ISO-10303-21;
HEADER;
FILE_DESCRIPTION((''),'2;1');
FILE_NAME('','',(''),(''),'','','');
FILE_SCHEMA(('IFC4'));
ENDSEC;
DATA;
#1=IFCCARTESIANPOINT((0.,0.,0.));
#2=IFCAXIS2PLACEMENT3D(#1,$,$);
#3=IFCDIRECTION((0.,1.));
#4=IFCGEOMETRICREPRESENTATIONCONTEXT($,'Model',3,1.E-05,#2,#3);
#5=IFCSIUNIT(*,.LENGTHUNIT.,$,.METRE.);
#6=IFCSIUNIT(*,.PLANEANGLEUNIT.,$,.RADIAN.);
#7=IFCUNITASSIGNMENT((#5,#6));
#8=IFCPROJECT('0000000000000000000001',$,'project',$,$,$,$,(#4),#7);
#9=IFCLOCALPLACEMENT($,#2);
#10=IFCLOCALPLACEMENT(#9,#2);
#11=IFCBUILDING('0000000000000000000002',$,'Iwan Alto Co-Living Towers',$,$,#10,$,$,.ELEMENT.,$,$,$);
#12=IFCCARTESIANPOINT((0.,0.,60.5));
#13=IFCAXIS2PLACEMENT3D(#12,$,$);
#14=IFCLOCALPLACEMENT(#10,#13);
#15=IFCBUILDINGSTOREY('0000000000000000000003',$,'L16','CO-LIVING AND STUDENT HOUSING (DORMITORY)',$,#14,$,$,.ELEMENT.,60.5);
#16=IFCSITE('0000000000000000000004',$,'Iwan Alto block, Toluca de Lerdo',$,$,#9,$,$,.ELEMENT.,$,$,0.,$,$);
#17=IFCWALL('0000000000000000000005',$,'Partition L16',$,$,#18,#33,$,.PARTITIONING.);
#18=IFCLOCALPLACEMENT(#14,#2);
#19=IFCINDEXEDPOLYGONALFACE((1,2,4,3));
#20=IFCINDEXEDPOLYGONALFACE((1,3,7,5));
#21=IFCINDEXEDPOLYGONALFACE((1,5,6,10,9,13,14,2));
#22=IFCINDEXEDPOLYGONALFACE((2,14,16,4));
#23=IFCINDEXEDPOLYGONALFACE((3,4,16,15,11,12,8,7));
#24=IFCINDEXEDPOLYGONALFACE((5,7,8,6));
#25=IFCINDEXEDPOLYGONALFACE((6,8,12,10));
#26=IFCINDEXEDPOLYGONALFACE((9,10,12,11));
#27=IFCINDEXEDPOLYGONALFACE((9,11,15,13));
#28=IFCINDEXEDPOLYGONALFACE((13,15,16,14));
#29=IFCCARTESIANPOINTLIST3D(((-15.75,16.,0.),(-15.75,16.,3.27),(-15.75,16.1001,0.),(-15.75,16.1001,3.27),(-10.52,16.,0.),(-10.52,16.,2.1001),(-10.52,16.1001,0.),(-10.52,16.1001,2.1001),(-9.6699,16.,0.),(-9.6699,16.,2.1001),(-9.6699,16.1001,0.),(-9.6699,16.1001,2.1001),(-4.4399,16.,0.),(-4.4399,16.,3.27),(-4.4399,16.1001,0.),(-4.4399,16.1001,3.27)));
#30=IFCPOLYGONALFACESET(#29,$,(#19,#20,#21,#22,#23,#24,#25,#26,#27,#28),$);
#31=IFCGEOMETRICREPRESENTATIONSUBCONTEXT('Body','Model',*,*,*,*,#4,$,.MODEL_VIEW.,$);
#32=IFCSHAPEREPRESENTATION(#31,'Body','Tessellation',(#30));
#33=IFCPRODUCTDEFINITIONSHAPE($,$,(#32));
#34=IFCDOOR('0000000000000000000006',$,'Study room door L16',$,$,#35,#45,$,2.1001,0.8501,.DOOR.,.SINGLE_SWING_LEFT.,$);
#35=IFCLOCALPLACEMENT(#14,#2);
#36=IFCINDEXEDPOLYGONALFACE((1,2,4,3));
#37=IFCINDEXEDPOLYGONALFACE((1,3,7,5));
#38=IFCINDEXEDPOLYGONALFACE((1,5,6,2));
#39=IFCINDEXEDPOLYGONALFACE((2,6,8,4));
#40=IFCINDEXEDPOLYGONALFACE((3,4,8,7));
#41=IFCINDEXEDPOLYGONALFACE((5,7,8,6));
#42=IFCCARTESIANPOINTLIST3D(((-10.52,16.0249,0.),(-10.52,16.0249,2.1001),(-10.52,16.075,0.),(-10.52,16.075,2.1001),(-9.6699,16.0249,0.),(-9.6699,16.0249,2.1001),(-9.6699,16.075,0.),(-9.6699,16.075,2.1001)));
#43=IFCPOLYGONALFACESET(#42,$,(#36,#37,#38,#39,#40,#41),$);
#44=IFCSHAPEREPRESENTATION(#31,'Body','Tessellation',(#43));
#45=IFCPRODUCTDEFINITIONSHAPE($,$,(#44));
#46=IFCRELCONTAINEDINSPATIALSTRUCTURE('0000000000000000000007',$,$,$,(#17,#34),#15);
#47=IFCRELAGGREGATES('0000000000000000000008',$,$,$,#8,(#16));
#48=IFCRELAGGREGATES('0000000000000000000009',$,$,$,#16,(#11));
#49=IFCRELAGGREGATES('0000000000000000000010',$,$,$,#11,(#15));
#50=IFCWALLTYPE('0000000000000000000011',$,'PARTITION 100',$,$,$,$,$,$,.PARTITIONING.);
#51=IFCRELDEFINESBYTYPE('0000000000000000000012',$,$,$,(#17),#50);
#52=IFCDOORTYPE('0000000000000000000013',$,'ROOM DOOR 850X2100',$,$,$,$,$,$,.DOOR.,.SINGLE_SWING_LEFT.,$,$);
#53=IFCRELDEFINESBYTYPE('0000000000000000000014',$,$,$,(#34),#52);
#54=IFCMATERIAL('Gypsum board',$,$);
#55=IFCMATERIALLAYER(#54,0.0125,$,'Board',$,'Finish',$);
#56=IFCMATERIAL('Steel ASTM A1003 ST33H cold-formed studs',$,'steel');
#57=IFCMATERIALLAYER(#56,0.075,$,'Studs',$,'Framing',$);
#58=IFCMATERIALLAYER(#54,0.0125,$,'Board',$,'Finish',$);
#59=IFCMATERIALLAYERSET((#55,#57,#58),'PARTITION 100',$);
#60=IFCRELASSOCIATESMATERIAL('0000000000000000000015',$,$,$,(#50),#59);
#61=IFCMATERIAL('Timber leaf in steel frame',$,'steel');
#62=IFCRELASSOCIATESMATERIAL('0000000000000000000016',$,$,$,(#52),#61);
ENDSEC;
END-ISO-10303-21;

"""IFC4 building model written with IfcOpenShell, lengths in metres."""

from ifc_helpers import new_model, si_unit, direction, frame, frame_2d, origin, place, context, subcontext, project, spatial, rectangle, extrude, material, layer, layer_set, type_object, element, fill, save


model = new_model("IFC4")

# Units and contexts
model_context = context("Model", 3, precision=1e-05, world=origin(), true_north=direction((0.0, 1.0)))
body_context = subcontext(model_context, "Body", "Model", "MODEL_VIEW")
ifc_project = project(units=[si_unit("LENGTHUNIT", "METRE"), si_unit("PLANEANGLEUNIT", "RADIAN")], contexts=[model_context])

# Site, building, storey
site_placement = place(None, origin())
site = spatial("IfcSite", under=ifc_project, at=site_placement, Name="Iwan Alto block, Toluca de Lerdo", CompositionType="ELEMENT", RefElevation=0.0)
building_placement = place(site_placement, origin())
building = spatial("IfcBuilding", under=site, at=building_placement, Name="Iwan Alto Co-Living Towers", CompositionType="ELEMENT")
storey_placement = place(building_placement, frame((0.0, 0.0, 60.5)))
storey = spatial("IfcBuildingStorey", under=building, at=storey_placement, Name="L16", Description="CO-LIVING AND STUDENT HOUSING (DORMITORY)", CompositionType="ELEMENT", Elevation=60.5)

# Wall, opening, door
ifc_material_1 = material(Name="Gypsum board")
ifc_layer_1 = layer(ifc_material_1, 0.0125, Name="Board", Category="Finish")
ifc_material_2 = material(Name="Steel ASTM A1003 ST33H cold-formed studs", Category="steel")
ifc_layer_2 = layer(ifc_material_2, 0.075, Name="Studs", Category="Framing")
ifc_layer_3 = layer(ifc_material_1, 0.0125, Name="Board", Category="Finish")
ifc_layer_set_1 = layer_set([ifc_layer_1, ifc_layer_2, ifc_layer_3], Name="PARTITION 100")
wall_type = type_object("IfcWallType", Name="PARTITION 100", PredefinedType="PARTITIONING", material=ifc_layer_set_1)
wall_placement = place(storey_placement, frame((-15.75, 16.05, 0.0), z_axis=(0.0, 0.0, 1.0), x_axis=(1.0, 0.0, 0.0)))
wall = element("IfcWall", 1, at=wall_placement, inside=storey, type_object=wall_type, Name="Partition L16", PredefinedType="PARTITIONING", context=body_context, shape_type="SweptSolid", body=[
    extrude(rectangle(XDim=11.3101, YDim=0.1001, at=frame_2d((5.655, 0.0))), origin(), (0.0, 0.0, 1.0), 3.27),
])
opening_placement = place(wall_placement, frame((5.23, 0.0, 0.0)))
opening = element("IfcOpeningElement", 2, at=opening_placement, cuts=wall, PredefinedType="OPENING", context=body_context, shape_type="SweptSolid", body=[
    extrude(rectangle(XDim=0.8501, YDim=2.1001, at=frame_2d((0.425, 1.05))), frame((0.0, 0.0601, 0.0), z_axis=(0.0, -1.0, 0.0), x_axis=(1.0, 0.0, 0.0)), (0.0, 0.0, 1.0), 0.1201),
])
ifc_material_3 = material(Name="Timber leaf in steel frame", Category="steel")
door_type = type_object("IfcDoorType", Name="ROOM DOOR 850X2100", OperationType="SINGLE_SWING_LEFT", PredefinedType="DOOR", material=ifc_material_3)
door_placement = place(opening_placement, origin())
door = element("IfcDoor", 3, at=door_placement, inside=storey, type_object=door_type, Name="Study room door L16", OperationType="SINGLE_SWING_LEFT", OverallHeight=2.1001, OverallWidth=0.8501, PredefinedType="DOOR", context=body_context, shape_type="SweptSolid", body=[
    extrude(rectangle(XDim=0.8501, YDim=2.1001, at=frame_2d((0.425, 1.05))), frame((0.0, 0.0249, 0.0), z_axis=(0.0, -1.0, 0.0), x_axis=(1.0, 0.0, 0.0)), (0.0, 0.0, 1.0), 0.05),
])
fill(opening, door)

save(model, "model.ifc")
